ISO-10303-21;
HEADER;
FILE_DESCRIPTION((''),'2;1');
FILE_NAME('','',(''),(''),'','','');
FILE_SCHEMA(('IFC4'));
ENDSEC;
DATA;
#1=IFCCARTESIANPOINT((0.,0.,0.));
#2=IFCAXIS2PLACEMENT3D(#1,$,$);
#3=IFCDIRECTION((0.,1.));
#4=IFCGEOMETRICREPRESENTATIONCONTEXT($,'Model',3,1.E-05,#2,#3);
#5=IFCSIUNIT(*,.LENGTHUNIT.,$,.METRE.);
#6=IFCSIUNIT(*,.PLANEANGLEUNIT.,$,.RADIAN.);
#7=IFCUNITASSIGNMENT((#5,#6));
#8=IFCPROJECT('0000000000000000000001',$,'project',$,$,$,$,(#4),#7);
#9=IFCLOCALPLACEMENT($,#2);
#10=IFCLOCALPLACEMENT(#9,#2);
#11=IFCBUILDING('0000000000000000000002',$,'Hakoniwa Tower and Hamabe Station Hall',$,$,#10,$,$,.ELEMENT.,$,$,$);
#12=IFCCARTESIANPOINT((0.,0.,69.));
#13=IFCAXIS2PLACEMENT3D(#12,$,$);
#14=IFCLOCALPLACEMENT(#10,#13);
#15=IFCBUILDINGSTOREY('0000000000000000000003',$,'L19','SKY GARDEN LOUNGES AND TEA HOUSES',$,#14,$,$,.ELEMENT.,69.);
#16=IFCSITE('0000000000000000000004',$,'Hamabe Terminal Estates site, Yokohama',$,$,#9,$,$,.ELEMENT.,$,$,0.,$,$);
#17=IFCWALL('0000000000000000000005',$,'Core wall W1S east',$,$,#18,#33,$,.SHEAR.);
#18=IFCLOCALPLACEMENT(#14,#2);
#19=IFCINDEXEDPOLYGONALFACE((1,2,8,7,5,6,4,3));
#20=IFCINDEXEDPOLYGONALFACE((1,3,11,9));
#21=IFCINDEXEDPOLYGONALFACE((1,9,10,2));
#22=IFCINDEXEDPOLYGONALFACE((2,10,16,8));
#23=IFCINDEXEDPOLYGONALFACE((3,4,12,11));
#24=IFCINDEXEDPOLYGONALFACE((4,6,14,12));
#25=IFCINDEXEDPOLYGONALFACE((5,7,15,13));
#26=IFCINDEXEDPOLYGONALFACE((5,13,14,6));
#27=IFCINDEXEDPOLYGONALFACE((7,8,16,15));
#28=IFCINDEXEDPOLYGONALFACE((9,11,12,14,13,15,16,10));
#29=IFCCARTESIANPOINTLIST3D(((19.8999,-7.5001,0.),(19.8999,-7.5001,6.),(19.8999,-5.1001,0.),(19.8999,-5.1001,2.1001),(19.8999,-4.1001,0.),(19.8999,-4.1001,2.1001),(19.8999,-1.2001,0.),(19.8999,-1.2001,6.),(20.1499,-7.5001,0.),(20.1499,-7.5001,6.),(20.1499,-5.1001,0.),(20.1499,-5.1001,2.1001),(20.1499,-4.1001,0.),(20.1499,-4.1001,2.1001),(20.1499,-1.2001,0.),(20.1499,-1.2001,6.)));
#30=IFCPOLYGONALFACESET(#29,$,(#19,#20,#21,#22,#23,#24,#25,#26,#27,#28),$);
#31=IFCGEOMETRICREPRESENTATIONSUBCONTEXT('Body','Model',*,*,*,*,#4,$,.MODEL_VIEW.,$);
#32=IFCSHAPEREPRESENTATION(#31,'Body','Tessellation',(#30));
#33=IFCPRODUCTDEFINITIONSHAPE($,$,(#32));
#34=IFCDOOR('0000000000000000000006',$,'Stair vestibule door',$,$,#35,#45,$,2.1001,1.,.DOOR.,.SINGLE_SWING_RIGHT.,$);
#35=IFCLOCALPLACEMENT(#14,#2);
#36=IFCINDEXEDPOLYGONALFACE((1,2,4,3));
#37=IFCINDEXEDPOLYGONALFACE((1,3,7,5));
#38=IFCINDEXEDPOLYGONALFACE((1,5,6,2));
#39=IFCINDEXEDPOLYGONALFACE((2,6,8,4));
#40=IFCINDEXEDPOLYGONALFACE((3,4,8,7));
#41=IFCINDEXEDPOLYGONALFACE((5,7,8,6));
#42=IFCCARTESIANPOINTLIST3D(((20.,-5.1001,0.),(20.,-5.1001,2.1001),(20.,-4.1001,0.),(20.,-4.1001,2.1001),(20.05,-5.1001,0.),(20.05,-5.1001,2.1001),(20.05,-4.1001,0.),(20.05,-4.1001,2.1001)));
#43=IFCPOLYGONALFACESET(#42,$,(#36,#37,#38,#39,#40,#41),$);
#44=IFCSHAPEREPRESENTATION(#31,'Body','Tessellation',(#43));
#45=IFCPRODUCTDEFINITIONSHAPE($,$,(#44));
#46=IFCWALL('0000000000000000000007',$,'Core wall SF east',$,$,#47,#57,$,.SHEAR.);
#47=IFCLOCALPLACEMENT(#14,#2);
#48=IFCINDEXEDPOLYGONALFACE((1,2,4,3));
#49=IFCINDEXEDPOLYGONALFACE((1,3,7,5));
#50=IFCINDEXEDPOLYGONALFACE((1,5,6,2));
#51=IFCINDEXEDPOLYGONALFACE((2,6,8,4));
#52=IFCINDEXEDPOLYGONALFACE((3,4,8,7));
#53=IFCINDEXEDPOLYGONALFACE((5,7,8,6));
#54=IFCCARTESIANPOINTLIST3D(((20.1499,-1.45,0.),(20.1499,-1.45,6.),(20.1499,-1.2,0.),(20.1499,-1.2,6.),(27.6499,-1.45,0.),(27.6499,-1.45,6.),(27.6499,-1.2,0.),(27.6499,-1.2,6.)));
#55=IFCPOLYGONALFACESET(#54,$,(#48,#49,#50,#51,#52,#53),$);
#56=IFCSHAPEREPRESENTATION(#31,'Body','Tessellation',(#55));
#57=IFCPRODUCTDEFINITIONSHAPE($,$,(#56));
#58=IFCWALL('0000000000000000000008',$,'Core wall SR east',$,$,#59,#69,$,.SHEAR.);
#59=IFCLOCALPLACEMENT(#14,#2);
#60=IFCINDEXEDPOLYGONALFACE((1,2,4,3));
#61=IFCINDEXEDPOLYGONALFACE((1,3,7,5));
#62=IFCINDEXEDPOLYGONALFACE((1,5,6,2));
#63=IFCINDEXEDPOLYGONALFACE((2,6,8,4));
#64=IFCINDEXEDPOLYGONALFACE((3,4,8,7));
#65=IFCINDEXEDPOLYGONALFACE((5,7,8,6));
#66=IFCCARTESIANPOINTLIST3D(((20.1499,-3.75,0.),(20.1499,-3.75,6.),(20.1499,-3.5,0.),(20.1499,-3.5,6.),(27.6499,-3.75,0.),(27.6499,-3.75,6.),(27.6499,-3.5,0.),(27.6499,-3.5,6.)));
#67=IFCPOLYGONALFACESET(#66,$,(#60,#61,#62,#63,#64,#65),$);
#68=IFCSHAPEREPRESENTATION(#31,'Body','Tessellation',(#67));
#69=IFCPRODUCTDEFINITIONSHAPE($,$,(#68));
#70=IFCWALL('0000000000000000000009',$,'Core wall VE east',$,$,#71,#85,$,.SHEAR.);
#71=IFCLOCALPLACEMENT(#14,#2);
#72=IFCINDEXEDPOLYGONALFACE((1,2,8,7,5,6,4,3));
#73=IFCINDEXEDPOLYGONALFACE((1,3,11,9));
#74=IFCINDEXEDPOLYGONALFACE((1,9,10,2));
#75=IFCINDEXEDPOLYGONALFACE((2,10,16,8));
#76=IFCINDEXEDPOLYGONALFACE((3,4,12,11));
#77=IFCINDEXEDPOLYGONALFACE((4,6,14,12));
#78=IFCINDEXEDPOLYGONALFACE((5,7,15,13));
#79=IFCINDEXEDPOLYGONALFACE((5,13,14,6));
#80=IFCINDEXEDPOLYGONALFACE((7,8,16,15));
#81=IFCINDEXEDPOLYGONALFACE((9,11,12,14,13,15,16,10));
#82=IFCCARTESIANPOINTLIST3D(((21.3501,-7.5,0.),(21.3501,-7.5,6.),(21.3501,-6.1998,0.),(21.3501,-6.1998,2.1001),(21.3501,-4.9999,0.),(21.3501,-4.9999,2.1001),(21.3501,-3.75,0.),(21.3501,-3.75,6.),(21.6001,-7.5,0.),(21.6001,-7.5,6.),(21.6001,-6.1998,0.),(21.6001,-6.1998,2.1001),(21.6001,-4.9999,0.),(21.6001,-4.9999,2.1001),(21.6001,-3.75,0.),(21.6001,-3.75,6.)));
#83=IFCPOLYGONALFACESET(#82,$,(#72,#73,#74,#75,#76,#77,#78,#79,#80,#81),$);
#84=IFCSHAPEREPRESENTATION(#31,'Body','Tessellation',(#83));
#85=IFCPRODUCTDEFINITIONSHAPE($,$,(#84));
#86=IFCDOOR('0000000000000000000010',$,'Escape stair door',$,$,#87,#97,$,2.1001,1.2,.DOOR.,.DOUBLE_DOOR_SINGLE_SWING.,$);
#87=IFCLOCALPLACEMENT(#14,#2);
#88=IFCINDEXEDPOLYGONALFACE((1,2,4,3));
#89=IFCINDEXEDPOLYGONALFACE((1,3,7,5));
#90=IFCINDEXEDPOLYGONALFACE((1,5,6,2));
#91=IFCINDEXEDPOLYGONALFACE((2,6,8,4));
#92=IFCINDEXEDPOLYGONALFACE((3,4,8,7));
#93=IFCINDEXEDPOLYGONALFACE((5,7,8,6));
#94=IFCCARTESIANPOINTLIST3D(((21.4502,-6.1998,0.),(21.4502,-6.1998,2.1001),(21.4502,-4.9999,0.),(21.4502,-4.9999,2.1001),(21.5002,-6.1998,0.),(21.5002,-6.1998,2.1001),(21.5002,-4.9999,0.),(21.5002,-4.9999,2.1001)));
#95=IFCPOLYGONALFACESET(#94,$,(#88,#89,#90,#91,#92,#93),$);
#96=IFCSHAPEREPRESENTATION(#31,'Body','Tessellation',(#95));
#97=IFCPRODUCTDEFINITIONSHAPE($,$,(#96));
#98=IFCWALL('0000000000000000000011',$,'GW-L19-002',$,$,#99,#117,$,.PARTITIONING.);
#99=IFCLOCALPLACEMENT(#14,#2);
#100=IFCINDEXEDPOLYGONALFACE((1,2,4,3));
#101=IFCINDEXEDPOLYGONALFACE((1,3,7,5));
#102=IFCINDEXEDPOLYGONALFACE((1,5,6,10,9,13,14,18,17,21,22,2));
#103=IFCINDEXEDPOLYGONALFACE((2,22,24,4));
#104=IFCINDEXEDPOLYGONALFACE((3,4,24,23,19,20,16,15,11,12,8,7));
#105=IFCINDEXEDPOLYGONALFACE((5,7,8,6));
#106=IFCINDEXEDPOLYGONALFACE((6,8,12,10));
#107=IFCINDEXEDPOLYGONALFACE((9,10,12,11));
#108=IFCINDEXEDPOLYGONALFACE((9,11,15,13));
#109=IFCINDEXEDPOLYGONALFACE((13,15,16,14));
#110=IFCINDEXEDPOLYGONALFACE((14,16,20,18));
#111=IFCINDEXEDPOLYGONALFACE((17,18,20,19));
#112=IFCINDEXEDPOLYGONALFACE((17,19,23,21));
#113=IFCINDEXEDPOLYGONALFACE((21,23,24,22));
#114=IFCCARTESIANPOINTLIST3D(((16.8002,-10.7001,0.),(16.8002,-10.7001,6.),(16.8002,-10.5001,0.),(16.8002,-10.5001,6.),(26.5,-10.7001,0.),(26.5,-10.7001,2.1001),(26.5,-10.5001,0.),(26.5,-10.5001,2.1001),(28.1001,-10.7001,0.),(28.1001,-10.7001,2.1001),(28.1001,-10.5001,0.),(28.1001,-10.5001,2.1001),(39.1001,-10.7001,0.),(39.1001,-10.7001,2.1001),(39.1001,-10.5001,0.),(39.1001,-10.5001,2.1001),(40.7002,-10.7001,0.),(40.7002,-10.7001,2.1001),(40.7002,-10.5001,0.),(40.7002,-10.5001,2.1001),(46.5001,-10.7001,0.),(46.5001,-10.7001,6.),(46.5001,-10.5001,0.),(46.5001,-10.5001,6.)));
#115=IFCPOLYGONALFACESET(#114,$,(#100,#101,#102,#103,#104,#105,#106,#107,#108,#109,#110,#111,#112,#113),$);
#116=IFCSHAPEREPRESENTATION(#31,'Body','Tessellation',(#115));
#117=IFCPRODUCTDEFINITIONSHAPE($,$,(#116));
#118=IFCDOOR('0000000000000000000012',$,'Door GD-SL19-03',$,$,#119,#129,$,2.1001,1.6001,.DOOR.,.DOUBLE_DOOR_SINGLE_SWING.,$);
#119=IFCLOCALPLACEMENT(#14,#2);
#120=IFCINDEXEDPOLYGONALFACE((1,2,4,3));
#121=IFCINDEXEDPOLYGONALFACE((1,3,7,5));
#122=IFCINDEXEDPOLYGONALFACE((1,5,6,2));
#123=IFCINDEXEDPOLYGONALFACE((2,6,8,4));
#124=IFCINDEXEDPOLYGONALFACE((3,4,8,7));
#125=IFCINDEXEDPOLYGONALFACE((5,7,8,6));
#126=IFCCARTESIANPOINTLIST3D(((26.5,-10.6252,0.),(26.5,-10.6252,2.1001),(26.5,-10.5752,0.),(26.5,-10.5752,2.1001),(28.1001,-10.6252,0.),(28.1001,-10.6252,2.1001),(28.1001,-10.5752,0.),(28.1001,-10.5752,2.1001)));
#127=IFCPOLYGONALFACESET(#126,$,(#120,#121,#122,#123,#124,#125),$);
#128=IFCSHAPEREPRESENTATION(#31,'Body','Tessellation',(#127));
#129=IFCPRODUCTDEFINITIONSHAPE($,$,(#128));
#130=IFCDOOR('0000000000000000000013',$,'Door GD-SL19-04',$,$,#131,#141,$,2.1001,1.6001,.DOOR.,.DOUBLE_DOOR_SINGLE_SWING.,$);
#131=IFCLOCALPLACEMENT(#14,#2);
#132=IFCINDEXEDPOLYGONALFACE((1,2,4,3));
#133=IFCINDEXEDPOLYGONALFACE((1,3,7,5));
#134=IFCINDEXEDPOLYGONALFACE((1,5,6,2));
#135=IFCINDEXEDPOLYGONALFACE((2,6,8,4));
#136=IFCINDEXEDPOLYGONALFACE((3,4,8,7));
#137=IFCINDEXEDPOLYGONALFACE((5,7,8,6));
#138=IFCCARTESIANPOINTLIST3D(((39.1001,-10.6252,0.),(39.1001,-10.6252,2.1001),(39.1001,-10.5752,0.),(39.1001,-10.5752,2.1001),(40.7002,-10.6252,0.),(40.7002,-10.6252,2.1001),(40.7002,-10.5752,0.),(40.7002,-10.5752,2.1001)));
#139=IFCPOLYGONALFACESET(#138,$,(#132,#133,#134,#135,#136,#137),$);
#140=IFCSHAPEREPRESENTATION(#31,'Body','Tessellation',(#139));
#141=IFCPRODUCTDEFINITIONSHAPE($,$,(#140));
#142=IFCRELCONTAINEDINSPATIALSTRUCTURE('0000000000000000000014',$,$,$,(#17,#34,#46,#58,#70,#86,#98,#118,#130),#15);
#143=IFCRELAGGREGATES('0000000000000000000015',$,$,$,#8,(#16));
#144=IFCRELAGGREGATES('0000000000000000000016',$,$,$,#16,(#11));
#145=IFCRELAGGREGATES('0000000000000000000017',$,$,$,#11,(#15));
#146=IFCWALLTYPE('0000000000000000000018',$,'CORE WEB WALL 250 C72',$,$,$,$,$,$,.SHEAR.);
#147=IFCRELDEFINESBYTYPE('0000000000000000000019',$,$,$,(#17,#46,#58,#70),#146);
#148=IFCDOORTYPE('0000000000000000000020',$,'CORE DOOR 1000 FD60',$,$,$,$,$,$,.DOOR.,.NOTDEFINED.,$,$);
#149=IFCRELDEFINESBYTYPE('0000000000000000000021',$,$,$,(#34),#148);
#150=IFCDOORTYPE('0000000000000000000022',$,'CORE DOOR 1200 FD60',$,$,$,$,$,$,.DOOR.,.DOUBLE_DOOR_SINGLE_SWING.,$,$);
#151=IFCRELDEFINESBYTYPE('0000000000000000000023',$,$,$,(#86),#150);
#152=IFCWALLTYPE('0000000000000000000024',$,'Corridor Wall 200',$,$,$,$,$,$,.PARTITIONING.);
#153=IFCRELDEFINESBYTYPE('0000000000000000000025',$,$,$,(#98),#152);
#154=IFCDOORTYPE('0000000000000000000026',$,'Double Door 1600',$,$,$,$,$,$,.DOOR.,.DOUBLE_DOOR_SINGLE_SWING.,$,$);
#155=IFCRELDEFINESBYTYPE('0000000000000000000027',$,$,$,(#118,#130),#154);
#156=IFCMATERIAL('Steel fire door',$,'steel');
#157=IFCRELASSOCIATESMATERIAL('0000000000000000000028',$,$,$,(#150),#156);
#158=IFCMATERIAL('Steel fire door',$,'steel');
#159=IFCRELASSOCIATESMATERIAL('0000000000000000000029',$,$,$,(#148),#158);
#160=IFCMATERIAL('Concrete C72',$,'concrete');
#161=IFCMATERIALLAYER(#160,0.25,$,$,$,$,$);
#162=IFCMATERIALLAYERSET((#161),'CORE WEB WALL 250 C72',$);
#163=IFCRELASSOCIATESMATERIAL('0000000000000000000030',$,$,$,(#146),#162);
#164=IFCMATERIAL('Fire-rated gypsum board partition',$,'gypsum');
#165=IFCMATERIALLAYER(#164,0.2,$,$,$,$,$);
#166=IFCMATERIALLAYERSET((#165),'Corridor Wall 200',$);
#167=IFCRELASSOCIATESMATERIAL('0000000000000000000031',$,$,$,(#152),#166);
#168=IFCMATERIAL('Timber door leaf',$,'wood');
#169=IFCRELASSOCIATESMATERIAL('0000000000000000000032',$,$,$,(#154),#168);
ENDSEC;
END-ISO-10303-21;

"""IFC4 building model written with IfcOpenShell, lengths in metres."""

from ifc_helpers import new_model, si_unit, direction, frame, frame_2d, origin, place, context, subcontext, project, spatial, rectangle, extrude, material, layer, layer_set, type_object, element, fill, save


model = new_model("IFC4")

# Units and contexts
model_context = context("Model", 3, precision=1e-05, world=origin(), true_north=direction((0.0, 1.0)))
body_context = subcontext(model_context, "Body", "Model", "MODEL_VIEW")
ifc_project = project(units=[si_unit("LENGTHUNIT", "METRE"), si_unit("PLANEANGLEUNIT", "RADIAN")], contexts=[model_context])

# Site, building, storey
site_placement = place(None, origin())
site = spatial("IfcSite", under=ifc_project, at=site_placement, Name="Hamabe Terminal Estates site, Yokohama", CompositionType="ELEMENT", RefElevation=0.0)
building_placement = place(site_placement, origin())
building = spatial("IfcBuilding", under=site, at=building_placement, Name="Hakoniwa Tower and Hamabe Station Hall", CompositionType="ELEMENT")
storey_placement = place(building_placement, frame((0.0, 0.0, 69.0)))
storey = spatial("IfcBuildingStorey", under=building, at=storey_placement, Name="L19", Description="SKY GARDEN LOUNGES AND TEA HOUSES", CompositionType="ELEMENT", Elevation=69.0)

# Wall, opening, door
ifc_material_1 = material(Name="Steel fire door", Category="steel")
door_type_1 = type_object("IfcDoorType", Name="CORE DOOR 1200 FD60", OperationType="DOUBLE_DOOR_SINGLE_SWING", PredefinedType="DOOR", material=ifc_material_1)
ifc_material_2 = material(Name="Steel fire door", Category="steel")
door_type_2 = type_object("IfcDoorType", Name="CORE DOOR 1000 FD60", OperationType="NOTDEFINED", PredefinedType="DOOR", material=ifc_material_2)
ifc_material_3 = material(Name="Concrete C72", Category="concrete")
ifc_layer_1 = layer(ifc_material_3, 0.25)
ifc_layer_set_1 = layer_set([ifc_layer_1], Name="CORE WEB WALL 250 C72")
wall_type_1 = type_object("IfcWallType", Name="CORE WEB WALL 250 C72", PredefinedType="SHEAR", material=ifc_layer_set_1)
wall_1_placement = place(storey_placement, frame((20.0249, -7.5, 0.0), z_axis=(0.0, 0.0, 1.0), x_axis=(0.0, 1.0, 0.0)))
wall_1 = element("IfcWall", 1, at=wall_1_placement, inside=storey, type_object=wall_type_1, Name="Core wall W1S east", PredefinedType="SHEAR", context=body_context, shape_type="SweptSolid", body=[
    extrude(rectangle(XDim=6.3, YDim=0.25, at=frame_2d((3.1499, 0.0))), origin(), (0.0, 0.0, 1.0), 6.0),
])
opening_1_placement = place(wall_1_placement, frame((2.3999, 0.0, 0.0)))
opening_1 = element("IfcOpeningElement", 2, at=opening_1_placement, cuts=wall_1, PredefinedType="OPENING", context=body_context, shape_type="SweptSolid", body=[
    extrude(rectangle(XDim=1.0, YDim=2.1001, at=frame_2d((0.5, 1.05))), frame((0.0, 0.135, 0.0), z_axis=(0.0, -1.0, 0.0), x_axis=(1.0, 0.0, 0.0)), (0.0, 0.0, 1.0), 0.27),
])
door_1_placement = place(opening_1_placement, origin())
door_1 = element("IfcDoor", 3, at=door_1_placement, inside=storey, type_object=door_type_2, Name="Stair vestibule door", OperationType="SINGLE_SWING_RIGHT", OverallHeight=2.1001, OverallWidth=1.0, PredefinedType="DOOR", context=body_context, shape_type="SweptSolid", body=[
    extrude(rectangle(XDim=1.0, YDim=2.1001, at=frame_2d((0.5, 1.05))), frame((0.0, 0.0249, 0.0), z_axis=(0.0, -1.0, 0.0), x_axis=(1.0, 0.0, 0.0)), (0.0, 0.0, 1.0), 0.05),
])
fill(opening_1, door_1)

# Walls
for number, where, z_axis, x_axis, name in (
    (4, (20.1499, -1.325, 0.0), (0.0, 0.0, 1.0), (1.0, 0.0, 0.0), "Core wall SF east"),
    (5, (20.1499, -3.625, 0.0), (0.0, 0.0, 1.0), (1.0, 0.0, 0.0), "Core wall SR east"),
):
    element("IfcWall", number, at=place(storey_placement, frame(where, z_axis=z_axis, x_axis=x_axis)), inside=storey, type_object=wall_type_1, Name=name, PredefinedType="SHEAR", context=body_context, shape_type="SweptSolid", body=[
        extrude(rectangle(XDim=7.5, YDim=0.25, at=frame_2d((3.75, 0.0))), origin(), (0.0, 0.0, 1.0), 6.0),
    ])

# Wall, opening, door
wall_2_placement = place(storey_placement, frame((21.4751, -7.5, 0.0), z_axis=(0.0, 0.0, 1.0), x_axis=(0.0, 1.0, 0.0)))
wall_2 = element("IfcWall", 6, at=wall_2_placement, inside=storey, type_object=wall_type_1, Name="Core wall VE east", PredefinedType="SHEAR", context=body_context, shape_type="SweptSolid", body=[
    extrude(rectangle(XDim=3.75, YDim=0.25, at=frame_2d((1.875, 0.0))), origin(), (0.0, 0.0, 1.0), 6.0),
])
opening_2_placement = place(wall_2_placement, frame((1.3, 0.0, 0.0)))
opening_2 = element("IfcOpeningElement", 7, at=opening_2_placement, cuts=wall_2, PredefinedType="OPENING", context=body_context, shape_type="SweptSolid", body=[
    extrude(rectangle(XDim=1.2, YDim=2.1001, at=frame_2d((0.6001, 1.05))), frame((0.0, 0.135, 0.0), z_axis=(0.0, -1.0, 0.0), x_axis=(1.0, 0.0, 0.0)), (0.0, 0.0, 1.0), 0.27),
])
door_2_placement = place(opening_2_placement, origin())
door_2 = element("IfcDoor", 8, at=door_2_placement, inside=storey, type_object=door_type_1, Name="Escape stair door", OperationType="DOUBLE_DOOR_SINGLE_SWING", OverallHeight=2.1001, OverallWidth=1.2, PredefinedType="DOOR", context=body_context, shape_type="SweptSolid", body=[
    extrude(rectangle(XDim=1.2, YDim=2.1001, at=frame_2d((0.6001, 1.05))), frame((0.0, 0.0249, 0.0), z_axis=(0.0, -1.0, 0.0), x_axis=(1.0, 0.0, 0.0)), (0.0, 0.0, 1.0), 0.05),
])
fill(opening_2, door_2)

# Wall, openings, doors
ifc_material_4 = material(Name="Fire-rated gypsum board partition", Category="gypsum")
ifc_layer_2 = layer(ifc_material_4, 0.2)
ifc_layer_set_2 = layer_set([ifc_layer_2], Name="Corridor Wall 200")
wall_type_2 = type_object("IfcWallType", Name="Corridor Wall 200", PredefinedType="PARTITIONING", material=ifc_layer_set_2)
wall_3_placement = place(storey_placement, frame((16.8, -10.6001, 0.0), z_axis=(0.0, 0.0, 1.0), x_axis=(1.0, 0.0, 0.0)))
wall_3 = element("IfcWall", 9, at=wall_3_placement, inside=storey, type_object=wall_type_2, Name="GW-L19-002", PredefinedType="PARTITIONING", context=body_context, shape_type="SweptSolid", body=[
    extrude(rectangle(XDim=29.7, YDim=0.2, at=frame_2d((14.8501, 0.0))), origin(), (0.0, 0.0, 1.0), 6.0),
])
opening_3_placement = place(wall_3_placement, frame((9.7, 0.0, 0.0)))
opening_3 = element("IfcOpeningElement", 10, at=opening_3_placement, cuts=wall_3, PredefinedType="OPENING", context=body_context, shape_type="SweptSolid", body=[
    extrude(rectangle(XDim=1.6001, YDim=2.1001, at=frame_2d((0.8, 1.05))), frame((0.0, 0.1099, 0.0), z_axis=(0.0, -1.0, 0.0), x_axis=(1.0, 0.0, 0.0)), (0.0, 0.0, 1.0), 0.22),
])
opening_4_placement = place(wall_3_placement, frame((22.3, 0.0, 0.0)))
opening_4 = element("IfcOpeningElement", 11, at=opening_4_placement, cuts=wall_3, PredefinedType="OPENING", context=body_context, shape_type="SweptSolid", body=[
    extrude(rectangle(XDim=1.6001, YDim=2.1001, at=frame_2d((0.8, 1.05))), frame((0.0, 0.1099, 0.0), z_axis=(0.0, -1.0, 0.0), x_axis=(1.0, 0.0, 0.0)), (0.0, 0.0, 1.0), 0.22),
])
ifc_material_5 = material(Name="Timber door leaf", Category="wood")
door_type_3 = type_object("IfcDoorType", Name="Double Door 1600", OperationType="DOUBLE_DOOR_SINGLE_SWING", PredefinedType="DOOR", material=ifc_material_5)
door_3_placement = place(opening_3_placement, origin())
door_3 = element("IfcDoor", 12, at=door_3_placement, inside=storey, type_object=door_type_3, Name="Door GD-SL19-03", OperationType="DOUBLE_DOOR_SINGLE_SWING", OverallHeight=2.1001, OverallWidth=1.6001, PredefinedType="DOOR", context=body_context, shape_type="SweptSolid", body=[
    extrude(rectangle(XDim=1.6001, YDim=2.1001, at=frame_2d((0.8, 1.05))), frame((0.0, 0.0249, 0.0), z_axis=(0.0, -1.0, 0.0), x_axis=(1.0, 0.0, 0.0)), (0.0, 0.0, 1.0), 0.05),
])
fill(opening_3, door_3)
door_4_placement = place(opening_4_placement, origin())
door_4 = element("IfcDoor", 13, at=door_4_placement, inside=storey, type_object=door_type_3, Name="Door GD-SL19-04", OperationType="DOUBLE_DOOR_SINGLE_SWING", OverallHeight=2.1001, OverallWidth=1.6001, PredefinedType="DOOR", context=body_context, shape_type="SweptSolid", body=[
    extrude(rectangle(XDim=1.6001, YDim=2.1001, at=frame_2d((0.8, 1.05))), frame((0.0, 0.0249, 0.0), z_axis=(0.0, -1.0, 0.0), x_axis=(1.0, 0.0, 0.0)), (0.0, 0.0, 1.0), 0.05),
])
fill(opening_4, door_4)

save(model, "model.ifc")
